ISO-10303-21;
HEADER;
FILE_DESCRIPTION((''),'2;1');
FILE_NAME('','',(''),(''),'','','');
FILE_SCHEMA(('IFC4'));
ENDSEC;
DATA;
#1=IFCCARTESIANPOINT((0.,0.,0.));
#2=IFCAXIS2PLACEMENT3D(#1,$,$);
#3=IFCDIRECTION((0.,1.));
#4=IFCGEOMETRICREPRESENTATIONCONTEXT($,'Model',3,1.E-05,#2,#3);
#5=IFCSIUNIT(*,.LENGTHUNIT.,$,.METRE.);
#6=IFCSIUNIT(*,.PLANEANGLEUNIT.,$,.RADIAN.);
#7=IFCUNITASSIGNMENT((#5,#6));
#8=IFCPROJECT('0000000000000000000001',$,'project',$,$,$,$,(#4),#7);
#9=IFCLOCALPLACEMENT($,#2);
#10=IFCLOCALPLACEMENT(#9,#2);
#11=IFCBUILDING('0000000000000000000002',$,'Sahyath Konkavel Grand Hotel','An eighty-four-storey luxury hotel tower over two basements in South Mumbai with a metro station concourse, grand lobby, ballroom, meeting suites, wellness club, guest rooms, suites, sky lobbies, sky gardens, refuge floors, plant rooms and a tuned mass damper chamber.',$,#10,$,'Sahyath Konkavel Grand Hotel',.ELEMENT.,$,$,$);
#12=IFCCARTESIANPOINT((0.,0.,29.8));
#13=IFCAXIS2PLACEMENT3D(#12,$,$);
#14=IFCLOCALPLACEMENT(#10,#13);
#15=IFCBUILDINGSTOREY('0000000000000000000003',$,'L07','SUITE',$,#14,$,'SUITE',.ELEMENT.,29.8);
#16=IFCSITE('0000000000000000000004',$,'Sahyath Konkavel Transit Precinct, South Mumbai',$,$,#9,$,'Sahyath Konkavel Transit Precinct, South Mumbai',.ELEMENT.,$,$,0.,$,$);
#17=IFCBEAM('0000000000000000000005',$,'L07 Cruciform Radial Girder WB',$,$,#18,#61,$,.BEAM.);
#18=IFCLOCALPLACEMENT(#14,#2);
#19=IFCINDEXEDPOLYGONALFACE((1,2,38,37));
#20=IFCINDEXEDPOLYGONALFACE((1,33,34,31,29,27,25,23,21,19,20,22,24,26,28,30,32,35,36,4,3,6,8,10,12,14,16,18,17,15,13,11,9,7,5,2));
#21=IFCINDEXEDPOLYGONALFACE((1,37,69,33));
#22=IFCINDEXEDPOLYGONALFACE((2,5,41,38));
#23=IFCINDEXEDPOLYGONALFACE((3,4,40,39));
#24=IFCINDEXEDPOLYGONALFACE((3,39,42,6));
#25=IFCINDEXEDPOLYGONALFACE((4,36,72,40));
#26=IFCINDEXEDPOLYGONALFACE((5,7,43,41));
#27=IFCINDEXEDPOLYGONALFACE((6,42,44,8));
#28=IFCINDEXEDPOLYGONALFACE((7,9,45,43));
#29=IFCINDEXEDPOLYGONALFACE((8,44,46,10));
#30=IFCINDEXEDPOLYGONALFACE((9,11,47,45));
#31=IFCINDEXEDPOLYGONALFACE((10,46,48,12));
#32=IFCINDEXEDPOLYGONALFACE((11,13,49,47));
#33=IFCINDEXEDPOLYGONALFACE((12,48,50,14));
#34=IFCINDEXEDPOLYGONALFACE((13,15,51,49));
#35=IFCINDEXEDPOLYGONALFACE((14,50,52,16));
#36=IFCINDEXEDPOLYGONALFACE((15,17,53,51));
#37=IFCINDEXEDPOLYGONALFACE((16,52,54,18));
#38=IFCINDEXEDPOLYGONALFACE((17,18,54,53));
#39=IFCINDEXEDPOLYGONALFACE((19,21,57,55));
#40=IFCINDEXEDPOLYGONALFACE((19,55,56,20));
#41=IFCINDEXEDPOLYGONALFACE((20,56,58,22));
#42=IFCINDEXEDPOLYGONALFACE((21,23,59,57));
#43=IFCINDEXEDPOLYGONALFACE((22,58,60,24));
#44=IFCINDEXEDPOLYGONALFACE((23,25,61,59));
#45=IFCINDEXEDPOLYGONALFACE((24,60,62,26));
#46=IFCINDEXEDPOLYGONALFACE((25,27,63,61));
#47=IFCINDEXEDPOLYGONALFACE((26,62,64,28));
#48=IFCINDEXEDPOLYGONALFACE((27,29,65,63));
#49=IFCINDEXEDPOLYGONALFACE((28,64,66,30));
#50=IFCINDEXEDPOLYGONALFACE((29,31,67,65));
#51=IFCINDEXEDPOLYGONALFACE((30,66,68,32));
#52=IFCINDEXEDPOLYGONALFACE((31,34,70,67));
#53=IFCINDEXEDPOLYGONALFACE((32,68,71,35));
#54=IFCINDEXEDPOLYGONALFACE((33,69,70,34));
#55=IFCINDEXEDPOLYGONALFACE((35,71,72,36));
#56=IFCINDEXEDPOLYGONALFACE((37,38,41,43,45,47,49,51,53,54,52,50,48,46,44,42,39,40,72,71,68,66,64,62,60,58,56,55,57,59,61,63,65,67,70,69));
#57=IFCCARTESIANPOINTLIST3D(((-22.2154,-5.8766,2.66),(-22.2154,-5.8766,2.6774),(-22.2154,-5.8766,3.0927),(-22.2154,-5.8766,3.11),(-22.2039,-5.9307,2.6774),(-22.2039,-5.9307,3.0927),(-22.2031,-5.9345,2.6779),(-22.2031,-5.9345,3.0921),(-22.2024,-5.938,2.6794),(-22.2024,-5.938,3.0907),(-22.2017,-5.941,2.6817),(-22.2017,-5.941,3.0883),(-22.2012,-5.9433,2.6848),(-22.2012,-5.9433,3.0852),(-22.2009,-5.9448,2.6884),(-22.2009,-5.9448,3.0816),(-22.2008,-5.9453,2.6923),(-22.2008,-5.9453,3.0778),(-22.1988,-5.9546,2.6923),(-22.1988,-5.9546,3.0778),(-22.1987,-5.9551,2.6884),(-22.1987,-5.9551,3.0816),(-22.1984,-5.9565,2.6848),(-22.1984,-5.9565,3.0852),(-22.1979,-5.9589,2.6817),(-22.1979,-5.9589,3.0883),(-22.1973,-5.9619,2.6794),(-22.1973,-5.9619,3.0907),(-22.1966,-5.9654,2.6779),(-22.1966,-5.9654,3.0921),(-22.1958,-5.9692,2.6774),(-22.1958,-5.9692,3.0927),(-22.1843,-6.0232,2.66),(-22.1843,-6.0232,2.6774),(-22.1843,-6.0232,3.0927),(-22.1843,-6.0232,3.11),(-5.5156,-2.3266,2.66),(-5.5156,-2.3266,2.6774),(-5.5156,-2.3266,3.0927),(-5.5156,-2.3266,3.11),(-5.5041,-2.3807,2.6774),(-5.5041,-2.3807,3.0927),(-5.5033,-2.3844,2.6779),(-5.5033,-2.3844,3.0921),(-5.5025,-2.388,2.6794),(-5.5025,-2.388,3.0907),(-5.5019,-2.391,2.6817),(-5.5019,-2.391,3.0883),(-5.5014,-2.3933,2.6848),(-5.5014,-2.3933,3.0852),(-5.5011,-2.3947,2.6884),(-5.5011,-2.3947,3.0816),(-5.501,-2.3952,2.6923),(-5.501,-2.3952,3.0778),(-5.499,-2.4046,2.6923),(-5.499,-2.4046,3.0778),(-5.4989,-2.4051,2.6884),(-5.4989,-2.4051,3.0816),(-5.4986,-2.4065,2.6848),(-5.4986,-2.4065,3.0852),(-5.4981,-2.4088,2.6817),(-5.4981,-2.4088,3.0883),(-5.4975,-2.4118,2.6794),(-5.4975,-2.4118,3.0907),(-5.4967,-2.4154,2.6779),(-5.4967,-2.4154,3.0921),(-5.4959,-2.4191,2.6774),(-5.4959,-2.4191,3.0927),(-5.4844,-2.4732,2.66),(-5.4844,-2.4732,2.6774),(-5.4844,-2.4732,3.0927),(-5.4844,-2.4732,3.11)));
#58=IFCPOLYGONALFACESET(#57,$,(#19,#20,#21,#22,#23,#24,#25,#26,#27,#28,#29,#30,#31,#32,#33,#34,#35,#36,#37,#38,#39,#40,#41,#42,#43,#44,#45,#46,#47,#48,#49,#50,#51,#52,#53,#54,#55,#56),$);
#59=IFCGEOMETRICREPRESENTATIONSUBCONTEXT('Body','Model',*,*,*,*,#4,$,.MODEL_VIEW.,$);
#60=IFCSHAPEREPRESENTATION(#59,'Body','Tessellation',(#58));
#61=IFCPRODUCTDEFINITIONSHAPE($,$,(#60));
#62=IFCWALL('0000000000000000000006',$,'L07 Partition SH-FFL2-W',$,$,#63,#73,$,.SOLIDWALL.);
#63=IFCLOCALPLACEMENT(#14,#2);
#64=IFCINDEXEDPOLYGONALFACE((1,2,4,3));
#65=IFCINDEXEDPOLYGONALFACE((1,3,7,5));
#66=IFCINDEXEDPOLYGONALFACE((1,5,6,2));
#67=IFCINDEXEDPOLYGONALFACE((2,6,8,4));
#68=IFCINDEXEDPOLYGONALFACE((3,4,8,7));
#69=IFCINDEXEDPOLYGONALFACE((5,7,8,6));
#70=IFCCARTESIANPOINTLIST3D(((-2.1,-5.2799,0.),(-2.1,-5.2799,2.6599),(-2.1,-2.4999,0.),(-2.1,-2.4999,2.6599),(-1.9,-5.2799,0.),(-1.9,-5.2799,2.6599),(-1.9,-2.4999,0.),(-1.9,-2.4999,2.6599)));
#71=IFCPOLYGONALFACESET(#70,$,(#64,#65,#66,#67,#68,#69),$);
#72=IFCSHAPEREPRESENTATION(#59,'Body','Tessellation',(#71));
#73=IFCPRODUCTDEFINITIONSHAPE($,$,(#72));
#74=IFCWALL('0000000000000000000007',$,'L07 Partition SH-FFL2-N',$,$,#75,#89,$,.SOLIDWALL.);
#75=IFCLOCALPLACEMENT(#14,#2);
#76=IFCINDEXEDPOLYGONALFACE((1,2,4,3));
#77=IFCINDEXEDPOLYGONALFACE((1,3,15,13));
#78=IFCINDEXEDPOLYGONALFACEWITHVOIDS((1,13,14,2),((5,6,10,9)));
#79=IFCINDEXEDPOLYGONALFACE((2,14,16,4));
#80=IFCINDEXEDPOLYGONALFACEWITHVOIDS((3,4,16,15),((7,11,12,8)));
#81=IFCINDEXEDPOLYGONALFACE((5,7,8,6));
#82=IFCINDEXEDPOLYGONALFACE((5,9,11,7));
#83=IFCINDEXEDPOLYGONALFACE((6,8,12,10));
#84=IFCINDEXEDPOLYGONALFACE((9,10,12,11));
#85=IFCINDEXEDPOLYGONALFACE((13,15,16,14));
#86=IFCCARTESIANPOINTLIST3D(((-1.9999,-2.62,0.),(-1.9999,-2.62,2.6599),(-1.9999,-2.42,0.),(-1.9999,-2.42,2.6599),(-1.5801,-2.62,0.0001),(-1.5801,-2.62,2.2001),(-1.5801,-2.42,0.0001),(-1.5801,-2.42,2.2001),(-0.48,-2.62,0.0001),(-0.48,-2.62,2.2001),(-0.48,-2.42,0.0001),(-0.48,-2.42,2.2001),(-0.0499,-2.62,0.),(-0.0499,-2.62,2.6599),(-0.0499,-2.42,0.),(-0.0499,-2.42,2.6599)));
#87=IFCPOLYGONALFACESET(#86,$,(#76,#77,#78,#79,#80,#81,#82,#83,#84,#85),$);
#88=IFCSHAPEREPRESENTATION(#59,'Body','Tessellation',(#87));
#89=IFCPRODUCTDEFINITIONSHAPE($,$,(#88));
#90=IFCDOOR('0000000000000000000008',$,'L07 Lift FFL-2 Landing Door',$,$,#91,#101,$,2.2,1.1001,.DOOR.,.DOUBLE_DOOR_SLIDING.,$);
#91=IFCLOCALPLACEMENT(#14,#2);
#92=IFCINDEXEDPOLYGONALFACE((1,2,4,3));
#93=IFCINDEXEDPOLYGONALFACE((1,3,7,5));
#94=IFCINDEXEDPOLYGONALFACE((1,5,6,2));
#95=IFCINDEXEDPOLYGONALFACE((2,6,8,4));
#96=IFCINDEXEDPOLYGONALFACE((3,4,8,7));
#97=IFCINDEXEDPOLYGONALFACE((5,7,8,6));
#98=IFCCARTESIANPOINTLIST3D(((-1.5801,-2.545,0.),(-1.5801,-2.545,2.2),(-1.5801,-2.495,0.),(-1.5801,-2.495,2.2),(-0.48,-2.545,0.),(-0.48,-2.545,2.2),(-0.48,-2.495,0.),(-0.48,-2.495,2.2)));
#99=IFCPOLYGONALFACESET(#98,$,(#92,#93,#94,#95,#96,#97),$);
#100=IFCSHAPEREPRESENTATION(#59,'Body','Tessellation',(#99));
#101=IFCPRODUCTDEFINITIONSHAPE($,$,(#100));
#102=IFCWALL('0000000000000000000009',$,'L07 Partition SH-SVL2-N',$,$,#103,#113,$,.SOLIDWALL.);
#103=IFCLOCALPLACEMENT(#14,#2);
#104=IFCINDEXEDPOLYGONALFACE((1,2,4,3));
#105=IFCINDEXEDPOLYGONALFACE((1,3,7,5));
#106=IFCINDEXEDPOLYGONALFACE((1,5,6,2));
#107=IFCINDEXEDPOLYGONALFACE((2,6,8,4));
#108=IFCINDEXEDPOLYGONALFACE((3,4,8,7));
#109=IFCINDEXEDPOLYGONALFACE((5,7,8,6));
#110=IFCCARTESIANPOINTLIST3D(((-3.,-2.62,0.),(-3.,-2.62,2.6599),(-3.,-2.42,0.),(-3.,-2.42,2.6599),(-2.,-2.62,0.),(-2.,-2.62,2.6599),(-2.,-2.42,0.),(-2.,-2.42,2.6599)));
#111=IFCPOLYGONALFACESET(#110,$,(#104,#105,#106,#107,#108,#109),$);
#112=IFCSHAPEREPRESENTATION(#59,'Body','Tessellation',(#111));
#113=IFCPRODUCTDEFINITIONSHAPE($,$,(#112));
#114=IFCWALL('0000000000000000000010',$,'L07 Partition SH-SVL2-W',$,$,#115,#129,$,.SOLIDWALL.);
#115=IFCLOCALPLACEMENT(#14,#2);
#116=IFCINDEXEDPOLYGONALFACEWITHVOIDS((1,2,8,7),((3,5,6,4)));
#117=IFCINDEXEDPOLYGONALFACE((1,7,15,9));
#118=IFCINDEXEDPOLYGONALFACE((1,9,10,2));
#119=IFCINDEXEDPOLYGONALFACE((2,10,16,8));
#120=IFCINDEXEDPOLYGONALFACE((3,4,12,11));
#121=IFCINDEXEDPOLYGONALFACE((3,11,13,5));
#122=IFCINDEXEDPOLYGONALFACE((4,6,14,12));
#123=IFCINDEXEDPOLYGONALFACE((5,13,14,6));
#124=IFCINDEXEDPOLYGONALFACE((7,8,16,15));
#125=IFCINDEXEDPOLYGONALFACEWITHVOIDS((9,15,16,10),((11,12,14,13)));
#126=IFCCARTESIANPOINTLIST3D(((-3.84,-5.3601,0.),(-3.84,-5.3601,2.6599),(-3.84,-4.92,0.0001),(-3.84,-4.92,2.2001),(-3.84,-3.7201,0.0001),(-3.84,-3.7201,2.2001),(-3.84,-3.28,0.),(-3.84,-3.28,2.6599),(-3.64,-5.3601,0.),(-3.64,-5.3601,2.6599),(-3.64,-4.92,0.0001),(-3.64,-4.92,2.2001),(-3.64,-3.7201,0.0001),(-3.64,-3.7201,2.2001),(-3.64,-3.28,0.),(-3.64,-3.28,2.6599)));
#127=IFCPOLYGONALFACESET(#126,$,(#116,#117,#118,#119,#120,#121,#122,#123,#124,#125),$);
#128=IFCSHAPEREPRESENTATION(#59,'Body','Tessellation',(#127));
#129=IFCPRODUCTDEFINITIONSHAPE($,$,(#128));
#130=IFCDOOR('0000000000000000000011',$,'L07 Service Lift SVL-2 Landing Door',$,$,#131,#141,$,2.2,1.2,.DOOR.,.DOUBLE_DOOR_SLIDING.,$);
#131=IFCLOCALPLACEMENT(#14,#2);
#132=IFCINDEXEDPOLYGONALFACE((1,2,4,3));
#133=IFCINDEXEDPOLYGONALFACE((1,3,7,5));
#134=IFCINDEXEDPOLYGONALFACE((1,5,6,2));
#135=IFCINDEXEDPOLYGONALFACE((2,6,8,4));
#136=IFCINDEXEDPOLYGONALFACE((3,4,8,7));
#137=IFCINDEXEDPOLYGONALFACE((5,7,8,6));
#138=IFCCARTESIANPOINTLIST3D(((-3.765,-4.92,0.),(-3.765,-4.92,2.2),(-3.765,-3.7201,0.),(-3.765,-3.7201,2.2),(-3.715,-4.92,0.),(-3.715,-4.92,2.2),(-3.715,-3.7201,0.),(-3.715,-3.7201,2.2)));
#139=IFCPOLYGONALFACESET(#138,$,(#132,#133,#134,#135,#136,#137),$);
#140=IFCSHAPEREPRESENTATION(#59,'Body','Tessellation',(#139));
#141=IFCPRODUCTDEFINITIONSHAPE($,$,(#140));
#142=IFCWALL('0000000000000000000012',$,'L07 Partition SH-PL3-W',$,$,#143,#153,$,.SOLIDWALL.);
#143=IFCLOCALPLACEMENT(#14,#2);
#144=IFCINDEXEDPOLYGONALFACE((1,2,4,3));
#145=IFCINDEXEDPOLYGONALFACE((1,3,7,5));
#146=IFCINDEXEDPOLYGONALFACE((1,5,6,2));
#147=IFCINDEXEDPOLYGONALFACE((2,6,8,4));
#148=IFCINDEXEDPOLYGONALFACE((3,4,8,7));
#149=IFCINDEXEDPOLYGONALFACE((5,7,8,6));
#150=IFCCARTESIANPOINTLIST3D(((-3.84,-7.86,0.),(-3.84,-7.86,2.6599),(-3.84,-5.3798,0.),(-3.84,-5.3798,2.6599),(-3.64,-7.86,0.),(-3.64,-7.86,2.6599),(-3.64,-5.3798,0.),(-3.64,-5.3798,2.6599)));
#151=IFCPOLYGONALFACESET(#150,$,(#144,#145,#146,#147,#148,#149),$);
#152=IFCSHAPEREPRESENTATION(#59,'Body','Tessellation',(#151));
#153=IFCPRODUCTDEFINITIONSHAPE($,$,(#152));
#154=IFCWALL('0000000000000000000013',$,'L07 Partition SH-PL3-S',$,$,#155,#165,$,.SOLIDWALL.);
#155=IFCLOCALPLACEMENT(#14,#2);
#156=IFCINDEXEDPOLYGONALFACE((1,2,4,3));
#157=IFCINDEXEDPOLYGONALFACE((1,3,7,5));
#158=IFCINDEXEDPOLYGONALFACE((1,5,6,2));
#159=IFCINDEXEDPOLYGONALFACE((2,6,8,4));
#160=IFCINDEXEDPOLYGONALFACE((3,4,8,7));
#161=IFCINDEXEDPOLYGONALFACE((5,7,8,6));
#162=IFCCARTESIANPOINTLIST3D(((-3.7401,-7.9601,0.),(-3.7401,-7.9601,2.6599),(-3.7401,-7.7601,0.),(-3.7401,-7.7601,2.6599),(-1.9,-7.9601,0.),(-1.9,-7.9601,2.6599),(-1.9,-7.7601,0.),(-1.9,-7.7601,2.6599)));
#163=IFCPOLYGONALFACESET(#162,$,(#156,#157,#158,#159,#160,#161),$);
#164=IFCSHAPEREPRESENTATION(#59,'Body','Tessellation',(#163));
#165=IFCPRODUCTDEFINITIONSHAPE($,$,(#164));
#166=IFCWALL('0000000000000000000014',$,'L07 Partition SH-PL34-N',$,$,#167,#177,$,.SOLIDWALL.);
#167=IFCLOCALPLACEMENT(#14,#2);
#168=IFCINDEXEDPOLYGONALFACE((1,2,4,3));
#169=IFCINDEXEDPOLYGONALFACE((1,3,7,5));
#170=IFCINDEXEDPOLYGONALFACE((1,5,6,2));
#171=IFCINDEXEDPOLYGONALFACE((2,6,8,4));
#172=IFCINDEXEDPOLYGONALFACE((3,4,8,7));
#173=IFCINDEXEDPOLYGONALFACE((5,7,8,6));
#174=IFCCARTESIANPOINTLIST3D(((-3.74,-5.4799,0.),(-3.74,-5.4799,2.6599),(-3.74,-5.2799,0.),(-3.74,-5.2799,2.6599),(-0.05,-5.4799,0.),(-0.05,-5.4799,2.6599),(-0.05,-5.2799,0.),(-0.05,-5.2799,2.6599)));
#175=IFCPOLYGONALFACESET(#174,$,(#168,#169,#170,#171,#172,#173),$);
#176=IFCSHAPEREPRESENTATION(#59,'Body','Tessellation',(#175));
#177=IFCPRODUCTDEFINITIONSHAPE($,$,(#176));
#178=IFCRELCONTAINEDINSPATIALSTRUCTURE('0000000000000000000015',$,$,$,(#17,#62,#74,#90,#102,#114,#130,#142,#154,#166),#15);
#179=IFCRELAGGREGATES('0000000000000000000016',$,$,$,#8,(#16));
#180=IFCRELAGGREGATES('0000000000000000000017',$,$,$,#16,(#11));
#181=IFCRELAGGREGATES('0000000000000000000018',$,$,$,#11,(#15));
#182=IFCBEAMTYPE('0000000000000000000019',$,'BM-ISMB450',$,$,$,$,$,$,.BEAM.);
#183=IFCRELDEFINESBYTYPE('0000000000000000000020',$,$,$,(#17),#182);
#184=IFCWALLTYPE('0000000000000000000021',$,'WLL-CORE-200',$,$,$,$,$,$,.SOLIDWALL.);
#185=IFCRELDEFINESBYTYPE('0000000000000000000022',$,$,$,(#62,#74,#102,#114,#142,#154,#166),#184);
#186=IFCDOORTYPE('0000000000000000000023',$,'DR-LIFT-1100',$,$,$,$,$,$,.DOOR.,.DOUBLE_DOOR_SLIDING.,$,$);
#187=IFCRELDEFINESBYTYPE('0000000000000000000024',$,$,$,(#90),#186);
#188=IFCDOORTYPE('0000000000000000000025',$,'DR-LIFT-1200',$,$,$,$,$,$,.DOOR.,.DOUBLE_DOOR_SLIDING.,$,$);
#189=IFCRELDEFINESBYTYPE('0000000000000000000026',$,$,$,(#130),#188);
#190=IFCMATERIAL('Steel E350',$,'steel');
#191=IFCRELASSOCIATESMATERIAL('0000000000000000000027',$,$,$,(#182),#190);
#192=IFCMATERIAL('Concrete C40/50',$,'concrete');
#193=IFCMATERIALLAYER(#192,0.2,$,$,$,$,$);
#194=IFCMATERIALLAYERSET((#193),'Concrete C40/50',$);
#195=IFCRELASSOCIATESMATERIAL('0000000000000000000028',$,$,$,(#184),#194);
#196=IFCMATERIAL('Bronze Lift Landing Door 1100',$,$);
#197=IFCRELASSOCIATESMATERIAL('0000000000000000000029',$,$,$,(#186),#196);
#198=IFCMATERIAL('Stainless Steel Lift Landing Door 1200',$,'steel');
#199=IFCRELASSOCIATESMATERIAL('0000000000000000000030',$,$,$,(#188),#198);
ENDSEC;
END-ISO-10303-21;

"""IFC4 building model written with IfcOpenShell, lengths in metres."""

from ifc_helpers import new_model, si_unit, direction, frame, frame_2d, origin, origin_2d, place, context, subcontext, project, spatial, rectangle, i_section, extrude, source, transform, mapped, material, layer, layer_set, material_profile, profile_set, type_object, element, fill, save


model = new_model("IFC4")

# Units and contexts
model_context = context("Model", 3, precision=1e-05, world=origin(), true_north=direction((0.0, 1.0)))
body_context = subcontext(model_context, "Body", "Model", "MODEL_VIEW")
ifc_project = project(units=[si_unit("LENGTHUNIT", "METRE"), si_unit("PLANEANGLEUNIT", "RADIAN")], contexts=[model_context])

# Site, building, storey
site_placement = place(None, origin())
site = spatial("IfcSite", under=ifc_project, at=site_placement, Name="Sahyath Konkavel Transit Precinct, South Mumbai", LongName="Sahyath Konkavel Transit Precinct, South Mumbai", CompositionType="ELEMENT", RefElevation=0.0)
building_placement = place(site_placement, origin())
building = spatial("IfcBuilding", under=site, at=building_placement, Name="Sahyath Konkavel Grand Hotel", Description="An eighty-four-storey luxury hotel tower over two basements in South Mumbai with a metro station concourse, grand lobby, ballroom, meeting suites, wellness club, guest rooms, suites, sky lobbies, sky gardens, refuge floors, plant rooms and a tuned mass damper chamber.", LongName="Sahyath Konkavel Grand Hotel", CompositionType="ELEMENT")
storey_placement = place(building_placement, frame((0.0, 0.0, 29.8)))
storey = spatial("IfcBuildingStorey", under=building, at=storey_placement, Name="L07", Description="SUITE", LongName="SUITE", CompositionType="ELEMENT", Elevation=29.8)

# Beam
ifc_material_1 = material(Name="Steel E350", Category="steel")
ifc_material_profile_1 = material_profile(ifc_material_1, i_section(OverallWidth=0.1499, OverallDepth=0.45, WebThickness=0.0095, FlangeThickness=0.0173, FilletRadius=0.0149, at=origin_2d()), Name="ISMB 450")
ifc_profile_set_1 = profile_set([ifc_material_profile_1], Name="Steel E350")
beam_type_1 = type_object("IfcBeamType", Name="BM-ISMB450", PredefinedType="BEAM", material=ifc_profile_set_1)
shared_shape_1 = source(origin(), body_context, "Body", "SweptSolid", [
    extrude(i_section(OverallWidth=0.1499, OverallDepth=0.45, WebThickness=0.0095, FlangeThickness=0.0173, FilletRadius=0.0149, at=origin_2d()), origin(), (0.0, 0.0, 1.0), 17.073),
])
beam_1_placement = place(storey_placement, frame((-5.5, -2.3999, 2.885), z_axis=(-0.978143, -0.207932, 0.0), x_axis=(0.207932, -0.978143, 0.0)))
element("IfcBeam", 1, at=beam_1_placement, inside=storey, type_object=beam_type_1, Name="L07 Cruciform Radial Girder WB", PredefinedType="BEAM", context=body_context, shape_type="MappedRepresentation", body=[
    mapped(shared_shape_1, transform((0.0, 0.0, 0.0), scale=1.0)),
])

# Wall
ifc_material_2 = material(Name="Concrete C40/50", Category="concrete")
ifc_layer_1 = layer(ifc_material_2, 0.2)
ifc_layer_set_1 = layer_set([ifc_layer_1], Name="Concrete C40/50")
wall_type_1 = type_object("IfcWallType", Name="WLL-CORE-200", PredefinedType="SOLIDWALL", material=ifc_layer_set_1)
wall_1_placement = place(storey_placement, frame((-2.0, -5.28, 0.0), z_axis=(0.0, 0.0, 1.0), x_axis=(0.0, 1.0, 0.0)))
element("IfcWall", 2, at=wall_1_placement, inside=storey, type_object=wall_type_1, Name="L07 Partition SH-FFL2-W", PredefinedType="SOLIDWALL", context=body_context, shape_type="SweptSolid", body=[
    extrude(rectangle(XDim=2.78, YDim=0.2, at=frame_2d((1.3901, 0.0))), origin(), (0.0, 0.0, 1.0), 2.6599),
])

# Wall, opening, door
wall_2_placement = place(storey_placement, frame((-2.0, -2.52, 0.0), z_axis=(0.0, 0.0, 1.0), x_axis=(1.0, 0.0, 0.0)))
wall_2 = element("IfcWall", 3, at=wall_2_placement, inside=storey, type_object=wall_type_1, Name="L07 Partition SH-FFL2-N", PredefinedType="SOLIDWALL", context=body_context, shape_type="SweptSolid", body=[
    extrude(rectangle(XDim=1.95, YDim=0.2, at=frame_2d((0.9751, 0.0))), origin(), (0.0, 0.0, 1.0), 2.6599),
])
opening_1_placement = place(wall_2_placement, frame((0.4199, 0.0, 0.0)))
opening_1 = element("IfcOpeningElement", 4, at=opening_1_placement, cuts=wall_2, PredefinedType="OPENING", context=body_context, shape_type="SweptSolid", body=[
    extrude(rectangle(XDim=1.1001, YDim=2.2, at=frame_2d((0.55, 1.1001))), frame((0.0, 0.1099, 0.0), z_axis=(0.0, -1.0, 0.0), x_axis=(1.0, 0.0, 0.0)), (0.0, 0.0, 1.0), 0.22),
])
ifc_material_3 = material(Name="Bronze Lift Landing Door 1100")
door_type_1 = type_object("IfcDoorType", Name="DR-LIFT-1100", OperationType="DOUBLE_DOOR_SLIDING", PredefinedType="DOOR", material=ifc_material_3)
shared_shape_2 = source(origin(), body_context, "Body", "SweptSolid", [
    extrude(rectangle(XDim=1.1001, YDim=0.05, at=origin_2d()), origin(), (0.0, 0.0, 1.0), 2.2),
])
door_1_placement = place(opening_1_placement, frame((0.55, 0.0, 0.0)))
door_1 = element("IfcDoor", 5, at=door_1_placement, inside=storey, type_object=door_type_1, Name="L07 Lift FFL-2 Landing Door", OperationType="DOUBLE_DOOR_SLIDING", OverallHeight=2.2, OverallWidth=1.1001, PredefinedType="DOOR", context=body_context, shape_type="MappedRepresentation", body=[
    mapped(shared_shape_2, transform((0.0, 0.0, 0.0), scale=1.0)),
])
fill(opening_1, door_1)

# Wall
wall_3_placement = place(storey_placement, frame((-3.0, -2.52, 0.0), z_axis=(0.0, 0.0, 1.0), x_axis=(1.0, 0.0, 0.0)))
element("IfcWall", 6, at=wall_3_placement, inside=storey, type_object=wall_type_1, Name="L07 Partition SH-SVL2-N", PredefinedType="SOLIDWALL", context=body_context, shape_type="SweptSolid", body=[
    extrude(rectangle(XDim=1.0, YDim=0.2, at=frame_2d((0.5, 0.0))), origin(), (0.0, 0.0, 1.0), 2.6599),
])

# Wall, opening, door
wall_4_placement = place(storey_placement, frame((-3.74, -5.3601, 0.0), z_axis=(0.0, 0.0, 1.0), x_axis=(0.0, 1.0, 0.0)))
wall_4 = element("IfcWall", 7, at=wall_4_placement, inside=storey, type_object=wall_type_1, Name="L07 Partition SH-SVL2-W", PredefinedType="SOLIDWALL", context=body_context, shape_type="SweptSolid", body=[
    extrude(rectangle(XDim=2.0801, YDim=0.2, at=frame_2d((1.04, 0.0))), origin(), (0.0, 0.0, 1.0), 2.6599),
])
opening_2_placement = place(wall_4_placement, frame((0.4399, 0.0, 0.0)))
opening_2 = element("IfcOpeningElement", 8, at=opening_2_placement, cuts=wall_4, PredefinedType="OPENING", context=body_context, shape_type="SweptSolid", body=[
    extrude(rectangle(XDim=1.2, YDim=2.2, at=frame_2d((0.6001, 1.1001))), frame((0.0, 0.1099, 0.0), z_axis=(0.0, -1.0, 0.0), x_axis=(1.0, 0.0, 0.0)), (0.0, 0.0, 1.0), 0.22),
])
ifc_material_4 = material(Name="Stainless Steel Lift Landing Door 1200", Category="steel")
door_type_2 = type_object("IfcDoorType", Name="DR-LIFT-1200", OperationType="DOUBLE_DOOR_SLIDING", PredefinedType="DOOR", material=ifc_material_4)
shared_shape_3 = source(origin(), body_context, "Body", "SweptSolid", [
    extrude(rectangle(XDim=1.2, YDim=0.05, at=origin_2d()), origin(), (0.0, 0.0, 1.0), 2.2),
])
door_2_placement = place(opening_2_placement, frame((0.6001, 0.0, 0.0)))
door_2 = element("IfcDoor", 9, at=door_2_placement, inside=storey, type_object=door_type_2, Name="L07 Service Lift SVL-2 Landing Door", OperationType="DOUBLE_DOOR_SLIDING", OverallHeight=2.2, OverallWidth=1.2, PredefinedType="DOOR", context=body_context, shape_type="MappedRepresentation", body=[
    mapped(shared_shape_3, transform((0.0, 0.0, 0.0), scale=1.0)),
])
fill(opening_2, door_2)

# Walls
wall_5_placement = place(storey_placement, frame((-3.74, -7.8601, 0.0), z_axis=(0.0, 0.0, 1.0), x_axis=(0.0, 1.0, 0.0)))
element("IfcWall", 10, at=wall_5_placement, inside=storey, type_object=wall_type_1, Name="L07 Partition SH-PL3-W", PredefinedType="SOLIDWALL", context=body_context, shape_type="SweptSolid", body=[
    extrude(rectangle(XDim=2.4802, YDim=0.2, at=frame_2d((1.2402, 0.0))), origin(), (0.0, 0.0, 1.0), 2.6599),
])
wall_6_placement = place(storey_placement, frame((-3.74, -7.8601, 0.0), z_axis=(0.0, 0.0, 1.0), x_axis=(1.0, 0.0, 0.0)))
element("IfcWall", 11, at=wall_6_placement, inside=storey, type_object=wall_type_1, Name="L07 Partition SH-PL3-S", PredefinedType="SOLIDWALL", context=body_context, shape_type="SweptSolid", body=[
    extrude(rectangle(XDim=1.8401, YDim=0.2, at=frame_2d((0.9199, 0.0))), origin(), (0.0, 0.0, 1.0), 2.6599),
])
wall_7_placement = place(storey_placement, frame((-3.74, -5.3799, 0.0), z_axis=(0.0, 0.0, 1.0), x_axis=(1.0, 0.0, 0.0)))
element("IfcWall", 12, at=wall_7_placement, inside=storey, type_object=wall_type_1, Name="L07 Partition SH-PL34-N", PredefinedType="SOLIDWALL", context=body_context, shape_type="SweptSolid", body=[
    extrude(rectangle(XDim=3.6899, YDim=0.2, at=frame_2d((1.845, 0.0))), origin(), (0.0, 0.0, 1.0), 2.6599),
])

save(model, "model.ifc")
